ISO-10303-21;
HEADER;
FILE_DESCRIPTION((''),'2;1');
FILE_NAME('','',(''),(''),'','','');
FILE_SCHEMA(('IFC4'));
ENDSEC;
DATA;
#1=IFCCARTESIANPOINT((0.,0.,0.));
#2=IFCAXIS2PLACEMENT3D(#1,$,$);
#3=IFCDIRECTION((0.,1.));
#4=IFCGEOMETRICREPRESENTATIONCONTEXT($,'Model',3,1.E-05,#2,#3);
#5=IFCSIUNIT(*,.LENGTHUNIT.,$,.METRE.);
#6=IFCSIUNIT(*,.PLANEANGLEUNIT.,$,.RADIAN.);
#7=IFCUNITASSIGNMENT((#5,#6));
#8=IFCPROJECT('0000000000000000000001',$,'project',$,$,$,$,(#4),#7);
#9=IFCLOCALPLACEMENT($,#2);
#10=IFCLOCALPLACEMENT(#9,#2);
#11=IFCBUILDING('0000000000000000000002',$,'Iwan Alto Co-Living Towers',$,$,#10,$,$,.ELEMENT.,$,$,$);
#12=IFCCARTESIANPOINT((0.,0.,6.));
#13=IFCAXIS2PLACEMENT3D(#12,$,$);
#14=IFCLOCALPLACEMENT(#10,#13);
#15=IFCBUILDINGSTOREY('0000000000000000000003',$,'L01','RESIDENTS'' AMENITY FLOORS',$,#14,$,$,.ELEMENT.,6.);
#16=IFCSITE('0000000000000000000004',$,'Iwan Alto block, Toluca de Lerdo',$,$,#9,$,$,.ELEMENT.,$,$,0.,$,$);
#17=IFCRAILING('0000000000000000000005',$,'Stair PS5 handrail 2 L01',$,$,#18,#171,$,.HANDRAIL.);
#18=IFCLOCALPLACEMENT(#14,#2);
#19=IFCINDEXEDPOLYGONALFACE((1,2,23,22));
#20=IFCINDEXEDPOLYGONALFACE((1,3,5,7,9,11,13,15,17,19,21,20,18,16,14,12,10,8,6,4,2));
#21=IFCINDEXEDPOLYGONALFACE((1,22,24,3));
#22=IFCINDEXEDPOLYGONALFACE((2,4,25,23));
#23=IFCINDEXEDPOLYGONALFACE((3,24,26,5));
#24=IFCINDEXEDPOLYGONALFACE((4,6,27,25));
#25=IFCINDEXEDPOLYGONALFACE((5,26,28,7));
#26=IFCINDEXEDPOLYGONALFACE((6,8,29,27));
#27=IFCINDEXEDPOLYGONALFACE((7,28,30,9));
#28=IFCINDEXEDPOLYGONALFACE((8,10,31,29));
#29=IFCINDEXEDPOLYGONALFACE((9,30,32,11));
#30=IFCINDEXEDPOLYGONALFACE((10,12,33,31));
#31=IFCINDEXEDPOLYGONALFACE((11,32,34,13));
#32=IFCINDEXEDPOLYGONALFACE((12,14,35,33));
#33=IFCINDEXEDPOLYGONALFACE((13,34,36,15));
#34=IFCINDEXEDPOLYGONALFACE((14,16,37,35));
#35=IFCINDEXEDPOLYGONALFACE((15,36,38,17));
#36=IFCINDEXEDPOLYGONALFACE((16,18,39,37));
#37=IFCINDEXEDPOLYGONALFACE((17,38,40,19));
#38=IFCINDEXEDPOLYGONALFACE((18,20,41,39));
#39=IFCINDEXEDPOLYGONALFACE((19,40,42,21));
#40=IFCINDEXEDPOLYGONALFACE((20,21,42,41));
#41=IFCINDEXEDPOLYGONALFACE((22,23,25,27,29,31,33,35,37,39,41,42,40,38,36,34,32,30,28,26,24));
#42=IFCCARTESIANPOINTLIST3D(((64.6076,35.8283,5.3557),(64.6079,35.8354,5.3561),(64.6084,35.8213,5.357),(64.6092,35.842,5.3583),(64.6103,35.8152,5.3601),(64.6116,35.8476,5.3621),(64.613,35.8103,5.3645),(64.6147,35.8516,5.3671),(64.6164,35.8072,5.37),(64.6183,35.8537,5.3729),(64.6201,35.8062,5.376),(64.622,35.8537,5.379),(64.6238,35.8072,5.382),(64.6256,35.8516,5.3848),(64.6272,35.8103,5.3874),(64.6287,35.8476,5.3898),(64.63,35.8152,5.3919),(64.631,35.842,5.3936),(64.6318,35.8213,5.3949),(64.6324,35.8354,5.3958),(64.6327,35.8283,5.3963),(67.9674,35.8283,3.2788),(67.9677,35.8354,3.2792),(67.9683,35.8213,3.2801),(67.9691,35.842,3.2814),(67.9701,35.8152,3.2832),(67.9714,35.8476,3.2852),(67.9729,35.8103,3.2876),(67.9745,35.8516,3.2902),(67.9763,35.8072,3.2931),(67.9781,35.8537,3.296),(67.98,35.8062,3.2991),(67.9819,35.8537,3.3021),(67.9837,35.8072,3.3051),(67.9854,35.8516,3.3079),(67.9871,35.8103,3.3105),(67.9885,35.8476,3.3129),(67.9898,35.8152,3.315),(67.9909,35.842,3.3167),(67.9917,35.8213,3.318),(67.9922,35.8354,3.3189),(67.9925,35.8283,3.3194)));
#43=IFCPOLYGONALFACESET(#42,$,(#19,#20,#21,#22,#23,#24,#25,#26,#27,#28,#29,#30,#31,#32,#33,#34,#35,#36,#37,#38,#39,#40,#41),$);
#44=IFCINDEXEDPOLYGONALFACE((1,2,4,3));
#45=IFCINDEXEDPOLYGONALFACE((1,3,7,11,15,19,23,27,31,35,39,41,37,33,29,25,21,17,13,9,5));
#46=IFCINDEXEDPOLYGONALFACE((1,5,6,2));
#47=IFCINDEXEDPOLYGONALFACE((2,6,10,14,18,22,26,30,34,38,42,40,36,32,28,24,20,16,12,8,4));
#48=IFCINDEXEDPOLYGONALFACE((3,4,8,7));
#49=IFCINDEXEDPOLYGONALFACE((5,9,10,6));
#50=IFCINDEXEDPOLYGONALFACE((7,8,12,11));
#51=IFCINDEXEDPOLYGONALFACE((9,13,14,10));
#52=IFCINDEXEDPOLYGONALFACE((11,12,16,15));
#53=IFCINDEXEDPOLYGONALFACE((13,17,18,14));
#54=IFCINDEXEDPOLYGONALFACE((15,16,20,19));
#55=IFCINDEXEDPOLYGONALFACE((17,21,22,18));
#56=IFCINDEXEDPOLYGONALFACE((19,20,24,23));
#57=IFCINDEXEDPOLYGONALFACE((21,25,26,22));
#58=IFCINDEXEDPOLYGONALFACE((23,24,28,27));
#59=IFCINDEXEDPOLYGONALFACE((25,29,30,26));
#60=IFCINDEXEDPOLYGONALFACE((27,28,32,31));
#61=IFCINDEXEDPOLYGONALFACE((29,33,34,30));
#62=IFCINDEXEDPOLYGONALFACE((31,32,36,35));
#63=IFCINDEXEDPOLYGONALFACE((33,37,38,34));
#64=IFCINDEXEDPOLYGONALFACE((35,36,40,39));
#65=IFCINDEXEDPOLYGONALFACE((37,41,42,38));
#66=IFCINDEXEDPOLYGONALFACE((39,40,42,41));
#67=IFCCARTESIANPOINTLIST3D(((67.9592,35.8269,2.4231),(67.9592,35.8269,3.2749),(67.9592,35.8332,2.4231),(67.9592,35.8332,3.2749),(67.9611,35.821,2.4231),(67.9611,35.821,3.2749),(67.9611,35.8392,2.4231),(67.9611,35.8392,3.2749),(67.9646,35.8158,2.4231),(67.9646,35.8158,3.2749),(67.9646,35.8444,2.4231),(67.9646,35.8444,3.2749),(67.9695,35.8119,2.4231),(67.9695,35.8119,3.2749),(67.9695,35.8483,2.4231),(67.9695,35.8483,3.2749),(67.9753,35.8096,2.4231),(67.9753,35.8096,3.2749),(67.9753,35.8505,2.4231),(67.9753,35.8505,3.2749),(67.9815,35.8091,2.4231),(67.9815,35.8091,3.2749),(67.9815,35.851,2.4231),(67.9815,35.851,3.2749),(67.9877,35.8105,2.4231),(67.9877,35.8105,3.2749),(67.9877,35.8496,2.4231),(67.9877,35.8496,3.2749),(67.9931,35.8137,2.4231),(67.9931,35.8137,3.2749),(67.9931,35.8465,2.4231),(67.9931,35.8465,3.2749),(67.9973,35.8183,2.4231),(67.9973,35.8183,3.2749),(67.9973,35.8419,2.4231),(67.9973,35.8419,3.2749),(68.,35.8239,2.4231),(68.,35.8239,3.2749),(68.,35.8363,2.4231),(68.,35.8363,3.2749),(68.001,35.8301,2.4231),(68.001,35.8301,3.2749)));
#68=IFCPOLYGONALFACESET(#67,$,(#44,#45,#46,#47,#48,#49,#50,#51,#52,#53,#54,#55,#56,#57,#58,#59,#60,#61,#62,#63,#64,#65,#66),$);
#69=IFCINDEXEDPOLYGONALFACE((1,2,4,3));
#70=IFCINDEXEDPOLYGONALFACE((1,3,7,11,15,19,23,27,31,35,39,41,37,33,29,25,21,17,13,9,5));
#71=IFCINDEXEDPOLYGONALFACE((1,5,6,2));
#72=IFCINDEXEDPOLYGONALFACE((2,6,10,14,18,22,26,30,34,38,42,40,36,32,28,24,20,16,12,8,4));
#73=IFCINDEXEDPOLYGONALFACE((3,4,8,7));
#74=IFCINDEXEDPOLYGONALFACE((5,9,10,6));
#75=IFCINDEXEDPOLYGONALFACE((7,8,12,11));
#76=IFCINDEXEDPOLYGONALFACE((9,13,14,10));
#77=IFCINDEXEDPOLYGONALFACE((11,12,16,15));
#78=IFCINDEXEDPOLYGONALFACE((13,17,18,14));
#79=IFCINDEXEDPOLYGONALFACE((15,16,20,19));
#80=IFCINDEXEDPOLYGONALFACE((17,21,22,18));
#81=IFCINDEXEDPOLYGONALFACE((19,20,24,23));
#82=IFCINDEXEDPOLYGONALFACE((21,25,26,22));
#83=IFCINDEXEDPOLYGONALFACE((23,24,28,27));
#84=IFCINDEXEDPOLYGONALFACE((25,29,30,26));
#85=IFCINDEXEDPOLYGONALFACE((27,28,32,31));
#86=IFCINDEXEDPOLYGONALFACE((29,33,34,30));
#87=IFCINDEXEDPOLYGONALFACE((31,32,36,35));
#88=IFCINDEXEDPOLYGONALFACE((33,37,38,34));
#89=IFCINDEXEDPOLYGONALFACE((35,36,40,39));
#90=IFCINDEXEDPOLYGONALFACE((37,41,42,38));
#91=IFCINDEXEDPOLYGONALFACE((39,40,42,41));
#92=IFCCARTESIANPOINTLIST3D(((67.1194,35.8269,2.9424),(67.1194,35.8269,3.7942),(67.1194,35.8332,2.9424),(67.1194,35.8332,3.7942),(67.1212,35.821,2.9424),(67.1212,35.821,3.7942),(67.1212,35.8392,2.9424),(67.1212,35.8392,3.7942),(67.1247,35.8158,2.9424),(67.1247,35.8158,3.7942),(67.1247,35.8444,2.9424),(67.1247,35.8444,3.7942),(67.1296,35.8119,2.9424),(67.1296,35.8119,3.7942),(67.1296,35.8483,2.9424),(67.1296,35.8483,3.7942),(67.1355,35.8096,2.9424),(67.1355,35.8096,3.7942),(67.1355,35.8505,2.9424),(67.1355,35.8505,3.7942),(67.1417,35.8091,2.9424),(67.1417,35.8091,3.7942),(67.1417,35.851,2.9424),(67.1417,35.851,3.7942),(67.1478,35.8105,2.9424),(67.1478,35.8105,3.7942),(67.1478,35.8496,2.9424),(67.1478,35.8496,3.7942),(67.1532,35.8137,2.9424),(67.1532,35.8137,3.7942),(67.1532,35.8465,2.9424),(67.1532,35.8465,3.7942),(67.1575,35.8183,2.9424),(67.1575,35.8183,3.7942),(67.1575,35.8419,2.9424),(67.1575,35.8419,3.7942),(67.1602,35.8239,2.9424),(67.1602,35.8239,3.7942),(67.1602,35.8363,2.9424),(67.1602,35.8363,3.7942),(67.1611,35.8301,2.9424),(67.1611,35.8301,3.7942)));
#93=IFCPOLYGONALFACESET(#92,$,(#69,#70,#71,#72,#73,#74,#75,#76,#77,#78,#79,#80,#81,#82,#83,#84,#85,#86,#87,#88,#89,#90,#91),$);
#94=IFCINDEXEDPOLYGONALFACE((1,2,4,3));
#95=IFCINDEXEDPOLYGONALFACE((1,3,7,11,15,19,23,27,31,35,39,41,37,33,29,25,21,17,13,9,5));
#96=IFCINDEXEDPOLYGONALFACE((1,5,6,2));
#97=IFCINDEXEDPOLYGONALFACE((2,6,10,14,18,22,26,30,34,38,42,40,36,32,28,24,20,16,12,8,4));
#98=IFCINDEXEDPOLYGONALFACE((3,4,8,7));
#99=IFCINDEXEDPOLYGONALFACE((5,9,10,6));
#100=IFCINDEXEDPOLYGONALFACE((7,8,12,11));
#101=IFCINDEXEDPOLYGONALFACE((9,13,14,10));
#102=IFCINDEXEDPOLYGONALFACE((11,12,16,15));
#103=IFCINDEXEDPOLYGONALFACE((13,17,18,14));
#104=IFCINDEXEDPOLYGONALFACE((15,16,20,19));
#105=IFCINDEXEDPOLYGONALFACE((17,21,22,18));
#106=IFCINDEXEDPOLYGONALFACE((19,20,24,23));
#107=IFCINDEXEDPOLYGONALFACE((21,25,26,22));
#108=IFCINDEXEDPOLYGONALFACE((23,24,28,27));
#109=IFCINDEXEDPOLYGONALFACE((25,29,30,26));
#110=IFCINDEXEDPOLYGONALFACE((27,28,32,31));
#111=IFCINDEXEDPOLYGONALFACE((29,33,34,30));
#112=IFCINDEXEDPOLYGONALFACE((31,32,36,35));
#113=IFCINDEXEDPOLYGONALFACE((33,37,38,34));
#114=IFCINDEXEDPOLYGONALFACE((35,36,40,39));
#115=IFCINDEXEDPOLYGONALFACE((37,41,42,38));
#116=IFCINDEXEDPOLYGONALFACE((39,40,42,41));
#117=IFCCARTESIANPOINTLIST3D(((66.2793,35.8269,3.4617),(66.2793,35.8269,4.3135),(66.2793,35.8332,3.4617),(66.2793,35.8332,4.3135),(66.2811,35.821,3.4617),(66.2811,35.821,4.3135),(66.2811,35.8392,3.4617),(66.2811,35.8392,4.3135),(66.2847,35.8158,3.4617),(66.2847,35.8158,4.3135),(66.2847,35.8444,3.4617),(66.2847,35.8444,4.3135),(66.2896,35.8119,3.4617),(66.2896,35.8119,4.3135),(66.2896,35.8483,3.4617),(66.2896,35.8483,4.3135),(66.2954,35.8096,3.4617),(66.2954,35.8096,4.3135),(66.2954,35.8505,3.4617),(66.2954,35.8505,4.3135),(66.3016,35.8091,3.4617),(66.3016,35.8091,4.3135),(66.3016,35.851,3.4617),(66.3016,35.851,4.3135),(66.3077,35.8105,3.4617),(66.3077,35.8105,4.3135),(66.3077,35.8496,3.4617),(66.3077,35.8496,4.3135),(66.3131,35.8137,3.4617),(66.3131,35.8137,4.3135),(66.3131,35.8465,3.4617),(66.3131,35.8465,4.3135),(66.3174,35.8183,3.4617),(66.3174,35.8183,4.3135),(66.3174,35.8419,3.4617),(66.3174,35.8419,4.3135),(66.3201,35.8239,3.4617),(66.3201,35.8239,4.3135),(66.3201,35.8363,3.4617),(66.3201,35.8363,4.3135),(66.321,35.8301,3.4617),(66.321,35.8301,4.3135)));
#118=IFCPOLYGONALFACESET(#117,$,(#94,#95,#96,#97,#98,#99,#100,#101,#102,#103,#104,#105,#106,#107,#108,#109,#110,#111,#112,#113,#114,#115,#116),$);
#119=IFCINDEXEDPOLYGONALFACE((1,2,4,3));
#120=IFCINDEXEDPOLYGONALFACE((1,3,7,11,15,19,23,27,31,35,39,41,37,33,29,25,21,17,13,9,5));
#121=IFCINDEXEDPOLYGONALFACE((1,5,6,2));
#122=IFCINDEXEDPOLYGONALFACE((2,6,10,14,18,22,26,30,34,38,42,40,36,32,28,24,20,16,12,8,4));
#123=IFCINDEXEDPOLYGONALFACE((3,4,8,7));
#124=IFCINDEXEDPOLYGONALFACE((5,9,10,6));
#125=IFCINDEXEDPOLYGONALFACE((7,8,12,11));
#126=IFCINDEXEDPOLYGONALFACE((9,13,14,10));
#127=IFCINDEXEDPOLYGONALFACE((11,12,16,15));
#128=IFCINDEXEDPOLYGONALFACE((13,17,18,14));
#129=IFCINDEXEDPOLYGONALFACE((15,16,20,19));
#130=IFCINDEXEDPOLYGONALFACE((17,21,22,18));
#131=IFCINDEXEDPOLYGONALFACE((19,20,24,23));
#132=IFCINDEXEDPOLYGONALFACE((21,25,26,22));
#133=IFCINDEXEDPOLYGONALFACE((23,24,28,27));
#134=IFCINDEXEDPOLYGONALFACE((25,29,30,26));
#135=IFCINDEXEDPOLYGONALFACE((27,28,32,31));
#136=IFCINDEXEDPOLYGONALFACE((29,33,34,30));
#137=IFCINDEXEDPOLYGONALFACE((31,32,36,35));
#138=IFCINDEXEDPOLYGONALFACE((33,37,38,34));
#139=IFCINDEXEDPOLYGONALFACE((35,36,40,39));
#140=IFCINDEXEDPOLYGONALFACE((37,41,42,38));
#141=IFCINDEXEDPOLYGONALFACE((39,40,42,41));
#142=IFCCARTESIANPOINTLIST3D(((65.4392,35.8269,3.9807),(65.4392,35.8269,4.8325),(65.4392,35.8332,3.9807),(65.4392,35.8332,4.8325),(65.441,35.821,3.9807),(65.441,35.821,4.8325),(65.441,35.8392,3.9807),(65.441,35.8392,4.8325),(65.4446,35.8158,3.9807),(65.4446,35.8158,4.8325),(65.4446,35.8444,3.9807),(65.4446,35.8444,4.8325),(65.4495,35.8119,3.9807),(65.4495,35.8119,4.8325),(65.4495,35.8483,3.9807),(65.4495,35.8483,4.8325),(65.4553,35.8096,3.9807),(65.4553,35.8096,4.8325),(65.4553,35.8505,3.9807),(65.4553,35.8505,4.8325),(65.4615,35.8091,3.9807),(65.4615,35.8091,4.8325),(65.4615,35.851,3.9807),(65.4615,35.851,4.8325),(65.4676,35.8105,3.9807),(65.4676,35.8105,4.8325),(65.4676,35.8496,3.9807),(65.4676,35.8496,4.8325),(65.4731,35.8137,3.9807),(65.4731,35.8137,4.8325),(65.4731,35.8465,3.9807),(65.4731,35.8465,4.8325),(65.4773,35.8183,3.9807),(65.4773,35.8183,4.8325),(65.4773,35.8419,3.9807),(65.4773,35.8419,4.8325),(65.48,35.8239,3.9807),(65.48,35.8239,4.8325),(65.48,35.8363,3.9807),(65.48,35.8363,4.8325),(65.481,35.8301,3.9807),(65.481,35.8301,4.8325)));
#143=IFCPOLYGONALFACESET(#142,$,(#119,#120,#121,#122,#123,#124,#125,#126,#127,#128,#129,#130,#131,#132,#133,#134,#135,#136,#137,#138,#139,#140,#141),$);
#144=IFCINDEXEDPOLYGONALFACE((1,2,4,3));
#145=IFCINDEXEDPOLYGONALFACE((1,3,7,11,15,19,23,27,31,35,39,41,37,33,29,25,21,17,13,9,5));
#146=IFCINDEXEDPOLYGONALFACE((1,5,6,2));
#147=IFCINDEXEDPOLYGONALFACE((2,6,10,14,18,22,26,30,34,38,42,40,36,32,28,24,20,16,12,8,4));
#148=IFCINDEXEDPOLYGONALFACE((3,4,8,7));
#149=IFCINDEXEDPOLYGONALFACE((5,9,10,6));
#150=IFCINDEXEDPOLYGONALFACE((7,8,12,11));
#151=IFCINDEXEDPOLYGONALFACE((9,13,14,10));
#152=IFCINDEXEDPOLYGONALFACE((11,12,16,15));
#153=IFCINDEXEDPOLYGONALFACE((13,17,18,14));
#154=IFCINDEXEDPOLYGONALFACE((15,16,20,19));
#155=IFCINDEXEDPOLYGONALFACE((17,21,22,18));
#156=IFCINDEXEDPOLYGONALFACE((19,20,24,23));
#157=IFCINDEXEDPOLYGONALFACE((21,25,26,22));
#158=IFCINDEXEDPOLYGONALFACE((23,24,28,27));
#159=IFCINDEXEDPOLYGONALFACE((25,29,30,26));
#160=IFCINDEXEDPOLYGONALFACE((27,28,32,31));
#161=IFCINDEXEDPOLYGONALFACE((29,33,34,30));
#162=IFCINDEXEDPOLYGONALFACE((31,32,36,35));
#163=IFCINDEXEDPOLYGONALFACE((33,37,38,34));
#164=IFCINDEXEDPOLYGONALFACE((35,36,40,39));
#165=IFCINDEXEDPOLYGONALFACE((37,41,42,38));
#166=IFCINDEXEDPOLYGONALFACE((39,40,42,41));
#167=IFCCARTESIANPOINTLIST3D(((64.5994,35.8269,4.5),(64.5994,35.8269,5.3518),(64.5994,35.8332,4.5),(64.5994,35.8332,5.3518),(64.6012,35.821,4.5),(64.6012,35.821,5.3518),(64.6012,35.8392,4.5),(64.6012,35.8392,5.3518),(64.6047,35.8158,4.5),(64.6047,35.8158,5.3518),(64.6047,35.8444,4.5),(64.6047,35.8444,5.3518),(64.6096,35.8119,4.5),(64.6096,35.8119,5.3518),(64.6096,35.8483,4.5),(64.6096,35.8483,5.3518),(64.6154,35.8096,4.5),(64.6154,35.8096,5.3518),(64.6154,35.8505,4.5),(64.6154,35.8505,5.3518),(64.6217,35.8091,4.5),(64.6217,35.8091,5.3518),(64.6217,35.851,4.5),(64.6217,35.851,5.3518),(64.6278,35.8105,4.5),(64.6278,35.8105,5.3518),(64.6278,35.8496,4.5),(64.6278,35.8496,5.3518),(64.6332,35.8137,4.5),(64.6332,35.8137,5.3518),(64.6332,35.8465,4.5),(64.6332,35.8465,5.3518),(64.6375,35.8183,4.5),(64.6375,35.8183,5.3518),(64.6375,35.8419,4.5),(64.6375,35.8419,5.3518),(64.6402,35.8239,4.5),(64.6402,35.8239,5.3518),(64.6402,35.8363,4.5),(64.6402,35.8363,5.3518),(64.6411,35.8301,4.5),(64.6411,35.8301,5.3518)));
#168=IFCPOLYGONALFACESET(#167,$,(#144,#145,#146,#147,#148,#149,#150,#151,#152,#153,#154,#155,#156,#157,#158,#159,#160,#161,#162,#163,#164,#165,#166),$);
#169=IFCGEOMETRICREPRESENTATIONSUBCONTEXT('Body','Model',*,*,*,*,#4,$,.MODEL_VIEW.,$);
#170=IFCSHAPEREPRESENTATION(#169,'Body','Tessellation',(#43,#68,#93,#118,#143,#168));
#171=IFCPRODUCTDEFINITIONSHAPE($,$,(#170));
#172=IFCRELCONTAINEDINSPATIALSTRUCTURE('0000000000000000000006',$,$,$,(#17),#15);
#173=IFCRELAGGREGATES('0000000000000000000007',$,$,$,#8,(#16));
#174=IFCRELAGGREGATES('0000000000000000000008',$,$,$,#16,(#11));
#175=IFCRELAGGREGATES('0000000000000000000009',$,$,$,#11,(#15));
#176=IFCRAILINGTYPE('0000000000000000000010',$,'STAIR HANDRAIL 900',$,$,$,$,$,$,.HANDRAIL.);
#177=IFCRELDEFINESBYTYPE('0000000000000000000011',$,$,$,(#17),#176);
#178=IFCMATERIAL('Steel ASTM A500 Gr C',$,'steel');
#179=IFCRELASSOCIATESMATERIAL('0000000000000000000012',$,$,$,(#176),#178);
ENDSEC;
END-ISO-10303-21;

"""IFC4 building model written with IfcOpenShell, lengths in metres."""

from ifc_helpers import new_model, si_unit, direction, frame, origin, origin_2d, place, context, subcontext, project, spatial, circle, extrude, material, type_object, element, save


model = new_model("IFC4")

# Units and contexts
model_context = context("Model", 3, precision=1e-05, world=origin(), true_north=direction((0.0, 1.0)))
body_context = subcontext(model_context, "Body", "Model", "MODEL_VIEW")
ifc_project = project(units=[si_unit("LENGTHUNIT", "METRE"), si_unit("PLANEANGLEUNIT", "RADIAN")], contexts=[model_context])

# Site, building, storey
site_placement = place(None, origin())
site = spatial("IfcSite", under=ifc_project, at=site_placement, Name="Iwan Alto block, Toluca de Lerdo", CompositionType="ELEMENT", RefElevation=0.0)
building_placement = place(site_placement, origin())
building = spatial("IfcBuilding", under=site, at=building_placement, Name="Iwan Alto Co-Living Towers", CompositionType="ELEMENT")
storey_placement = place(building_placement, frame((0.0, 0.0, 6.0)))
storey = spatial("IfcBuildingStorey", under=building, at=storey_placement, Name="L01", Description="RESIDENTS' AMENITY FLOORS", CompositionType="ELEMENT", Elevation=6.0)

# Railing
ifc_material_1 = material(Name="Steel ASTM A500 Gr C", Category="steel")
railing_type_1 = type_object("IfcRailingType", Name="STAIR HANDRAIL 900", PredefinedType="HANDRAIL", material=ifc_material_1)
railing_1_placement = place(storey_placement, frame((67.98, 35.8301, 2.4231)))
element("IfcRailing", 1, at=railing_1_placement, inside=storey, type_object=railing_type_1, Name="Stair PS5 handrail 2 L01", PredefinedType="HANDRAIL", context=body_context, shape_type="SweptSolid", body=[
    extrude(circle(Radius=0.0239, at=origin_2d()), frame((0.0, 0.0, 0.876), z_axis=(-0.850606, 0.0, 0.525803), x_axis=(0.0, -1.0, 0.0)), (0.0, 0.0, 1.0), 3.95),
    extrude(circle(Radius=0.021, at=origin_2d()), origin(), (0.0, 0.0, 1.0), 0.8518),
    extrude(circle(Radius=0.021, at=origin_2d()), frame((-0.8398, 0.0, 0.5193)), (0.0, 0.0, 1.0), 0.8518),
    extrude(circle(Radius=0.021, at=origin_2d()), frame((-1.6799, 0.0, 1.0386)), (0.0, 0.0, 1.0), 0.8518),
    extrude(circle(Radius=0.021, at=origin_2d()), frame((-2.52, 0.0, 1.5576)), (0.0, 0.0, 1.0), 0.8518),
    extrude(circle(Radius=0.021, at=origin_2d()), frame((-3.3599, 0.0, 2.0769)), (0.0, 0.0, 1.0), 0.8518),
])

save(model, "model.ifc")
